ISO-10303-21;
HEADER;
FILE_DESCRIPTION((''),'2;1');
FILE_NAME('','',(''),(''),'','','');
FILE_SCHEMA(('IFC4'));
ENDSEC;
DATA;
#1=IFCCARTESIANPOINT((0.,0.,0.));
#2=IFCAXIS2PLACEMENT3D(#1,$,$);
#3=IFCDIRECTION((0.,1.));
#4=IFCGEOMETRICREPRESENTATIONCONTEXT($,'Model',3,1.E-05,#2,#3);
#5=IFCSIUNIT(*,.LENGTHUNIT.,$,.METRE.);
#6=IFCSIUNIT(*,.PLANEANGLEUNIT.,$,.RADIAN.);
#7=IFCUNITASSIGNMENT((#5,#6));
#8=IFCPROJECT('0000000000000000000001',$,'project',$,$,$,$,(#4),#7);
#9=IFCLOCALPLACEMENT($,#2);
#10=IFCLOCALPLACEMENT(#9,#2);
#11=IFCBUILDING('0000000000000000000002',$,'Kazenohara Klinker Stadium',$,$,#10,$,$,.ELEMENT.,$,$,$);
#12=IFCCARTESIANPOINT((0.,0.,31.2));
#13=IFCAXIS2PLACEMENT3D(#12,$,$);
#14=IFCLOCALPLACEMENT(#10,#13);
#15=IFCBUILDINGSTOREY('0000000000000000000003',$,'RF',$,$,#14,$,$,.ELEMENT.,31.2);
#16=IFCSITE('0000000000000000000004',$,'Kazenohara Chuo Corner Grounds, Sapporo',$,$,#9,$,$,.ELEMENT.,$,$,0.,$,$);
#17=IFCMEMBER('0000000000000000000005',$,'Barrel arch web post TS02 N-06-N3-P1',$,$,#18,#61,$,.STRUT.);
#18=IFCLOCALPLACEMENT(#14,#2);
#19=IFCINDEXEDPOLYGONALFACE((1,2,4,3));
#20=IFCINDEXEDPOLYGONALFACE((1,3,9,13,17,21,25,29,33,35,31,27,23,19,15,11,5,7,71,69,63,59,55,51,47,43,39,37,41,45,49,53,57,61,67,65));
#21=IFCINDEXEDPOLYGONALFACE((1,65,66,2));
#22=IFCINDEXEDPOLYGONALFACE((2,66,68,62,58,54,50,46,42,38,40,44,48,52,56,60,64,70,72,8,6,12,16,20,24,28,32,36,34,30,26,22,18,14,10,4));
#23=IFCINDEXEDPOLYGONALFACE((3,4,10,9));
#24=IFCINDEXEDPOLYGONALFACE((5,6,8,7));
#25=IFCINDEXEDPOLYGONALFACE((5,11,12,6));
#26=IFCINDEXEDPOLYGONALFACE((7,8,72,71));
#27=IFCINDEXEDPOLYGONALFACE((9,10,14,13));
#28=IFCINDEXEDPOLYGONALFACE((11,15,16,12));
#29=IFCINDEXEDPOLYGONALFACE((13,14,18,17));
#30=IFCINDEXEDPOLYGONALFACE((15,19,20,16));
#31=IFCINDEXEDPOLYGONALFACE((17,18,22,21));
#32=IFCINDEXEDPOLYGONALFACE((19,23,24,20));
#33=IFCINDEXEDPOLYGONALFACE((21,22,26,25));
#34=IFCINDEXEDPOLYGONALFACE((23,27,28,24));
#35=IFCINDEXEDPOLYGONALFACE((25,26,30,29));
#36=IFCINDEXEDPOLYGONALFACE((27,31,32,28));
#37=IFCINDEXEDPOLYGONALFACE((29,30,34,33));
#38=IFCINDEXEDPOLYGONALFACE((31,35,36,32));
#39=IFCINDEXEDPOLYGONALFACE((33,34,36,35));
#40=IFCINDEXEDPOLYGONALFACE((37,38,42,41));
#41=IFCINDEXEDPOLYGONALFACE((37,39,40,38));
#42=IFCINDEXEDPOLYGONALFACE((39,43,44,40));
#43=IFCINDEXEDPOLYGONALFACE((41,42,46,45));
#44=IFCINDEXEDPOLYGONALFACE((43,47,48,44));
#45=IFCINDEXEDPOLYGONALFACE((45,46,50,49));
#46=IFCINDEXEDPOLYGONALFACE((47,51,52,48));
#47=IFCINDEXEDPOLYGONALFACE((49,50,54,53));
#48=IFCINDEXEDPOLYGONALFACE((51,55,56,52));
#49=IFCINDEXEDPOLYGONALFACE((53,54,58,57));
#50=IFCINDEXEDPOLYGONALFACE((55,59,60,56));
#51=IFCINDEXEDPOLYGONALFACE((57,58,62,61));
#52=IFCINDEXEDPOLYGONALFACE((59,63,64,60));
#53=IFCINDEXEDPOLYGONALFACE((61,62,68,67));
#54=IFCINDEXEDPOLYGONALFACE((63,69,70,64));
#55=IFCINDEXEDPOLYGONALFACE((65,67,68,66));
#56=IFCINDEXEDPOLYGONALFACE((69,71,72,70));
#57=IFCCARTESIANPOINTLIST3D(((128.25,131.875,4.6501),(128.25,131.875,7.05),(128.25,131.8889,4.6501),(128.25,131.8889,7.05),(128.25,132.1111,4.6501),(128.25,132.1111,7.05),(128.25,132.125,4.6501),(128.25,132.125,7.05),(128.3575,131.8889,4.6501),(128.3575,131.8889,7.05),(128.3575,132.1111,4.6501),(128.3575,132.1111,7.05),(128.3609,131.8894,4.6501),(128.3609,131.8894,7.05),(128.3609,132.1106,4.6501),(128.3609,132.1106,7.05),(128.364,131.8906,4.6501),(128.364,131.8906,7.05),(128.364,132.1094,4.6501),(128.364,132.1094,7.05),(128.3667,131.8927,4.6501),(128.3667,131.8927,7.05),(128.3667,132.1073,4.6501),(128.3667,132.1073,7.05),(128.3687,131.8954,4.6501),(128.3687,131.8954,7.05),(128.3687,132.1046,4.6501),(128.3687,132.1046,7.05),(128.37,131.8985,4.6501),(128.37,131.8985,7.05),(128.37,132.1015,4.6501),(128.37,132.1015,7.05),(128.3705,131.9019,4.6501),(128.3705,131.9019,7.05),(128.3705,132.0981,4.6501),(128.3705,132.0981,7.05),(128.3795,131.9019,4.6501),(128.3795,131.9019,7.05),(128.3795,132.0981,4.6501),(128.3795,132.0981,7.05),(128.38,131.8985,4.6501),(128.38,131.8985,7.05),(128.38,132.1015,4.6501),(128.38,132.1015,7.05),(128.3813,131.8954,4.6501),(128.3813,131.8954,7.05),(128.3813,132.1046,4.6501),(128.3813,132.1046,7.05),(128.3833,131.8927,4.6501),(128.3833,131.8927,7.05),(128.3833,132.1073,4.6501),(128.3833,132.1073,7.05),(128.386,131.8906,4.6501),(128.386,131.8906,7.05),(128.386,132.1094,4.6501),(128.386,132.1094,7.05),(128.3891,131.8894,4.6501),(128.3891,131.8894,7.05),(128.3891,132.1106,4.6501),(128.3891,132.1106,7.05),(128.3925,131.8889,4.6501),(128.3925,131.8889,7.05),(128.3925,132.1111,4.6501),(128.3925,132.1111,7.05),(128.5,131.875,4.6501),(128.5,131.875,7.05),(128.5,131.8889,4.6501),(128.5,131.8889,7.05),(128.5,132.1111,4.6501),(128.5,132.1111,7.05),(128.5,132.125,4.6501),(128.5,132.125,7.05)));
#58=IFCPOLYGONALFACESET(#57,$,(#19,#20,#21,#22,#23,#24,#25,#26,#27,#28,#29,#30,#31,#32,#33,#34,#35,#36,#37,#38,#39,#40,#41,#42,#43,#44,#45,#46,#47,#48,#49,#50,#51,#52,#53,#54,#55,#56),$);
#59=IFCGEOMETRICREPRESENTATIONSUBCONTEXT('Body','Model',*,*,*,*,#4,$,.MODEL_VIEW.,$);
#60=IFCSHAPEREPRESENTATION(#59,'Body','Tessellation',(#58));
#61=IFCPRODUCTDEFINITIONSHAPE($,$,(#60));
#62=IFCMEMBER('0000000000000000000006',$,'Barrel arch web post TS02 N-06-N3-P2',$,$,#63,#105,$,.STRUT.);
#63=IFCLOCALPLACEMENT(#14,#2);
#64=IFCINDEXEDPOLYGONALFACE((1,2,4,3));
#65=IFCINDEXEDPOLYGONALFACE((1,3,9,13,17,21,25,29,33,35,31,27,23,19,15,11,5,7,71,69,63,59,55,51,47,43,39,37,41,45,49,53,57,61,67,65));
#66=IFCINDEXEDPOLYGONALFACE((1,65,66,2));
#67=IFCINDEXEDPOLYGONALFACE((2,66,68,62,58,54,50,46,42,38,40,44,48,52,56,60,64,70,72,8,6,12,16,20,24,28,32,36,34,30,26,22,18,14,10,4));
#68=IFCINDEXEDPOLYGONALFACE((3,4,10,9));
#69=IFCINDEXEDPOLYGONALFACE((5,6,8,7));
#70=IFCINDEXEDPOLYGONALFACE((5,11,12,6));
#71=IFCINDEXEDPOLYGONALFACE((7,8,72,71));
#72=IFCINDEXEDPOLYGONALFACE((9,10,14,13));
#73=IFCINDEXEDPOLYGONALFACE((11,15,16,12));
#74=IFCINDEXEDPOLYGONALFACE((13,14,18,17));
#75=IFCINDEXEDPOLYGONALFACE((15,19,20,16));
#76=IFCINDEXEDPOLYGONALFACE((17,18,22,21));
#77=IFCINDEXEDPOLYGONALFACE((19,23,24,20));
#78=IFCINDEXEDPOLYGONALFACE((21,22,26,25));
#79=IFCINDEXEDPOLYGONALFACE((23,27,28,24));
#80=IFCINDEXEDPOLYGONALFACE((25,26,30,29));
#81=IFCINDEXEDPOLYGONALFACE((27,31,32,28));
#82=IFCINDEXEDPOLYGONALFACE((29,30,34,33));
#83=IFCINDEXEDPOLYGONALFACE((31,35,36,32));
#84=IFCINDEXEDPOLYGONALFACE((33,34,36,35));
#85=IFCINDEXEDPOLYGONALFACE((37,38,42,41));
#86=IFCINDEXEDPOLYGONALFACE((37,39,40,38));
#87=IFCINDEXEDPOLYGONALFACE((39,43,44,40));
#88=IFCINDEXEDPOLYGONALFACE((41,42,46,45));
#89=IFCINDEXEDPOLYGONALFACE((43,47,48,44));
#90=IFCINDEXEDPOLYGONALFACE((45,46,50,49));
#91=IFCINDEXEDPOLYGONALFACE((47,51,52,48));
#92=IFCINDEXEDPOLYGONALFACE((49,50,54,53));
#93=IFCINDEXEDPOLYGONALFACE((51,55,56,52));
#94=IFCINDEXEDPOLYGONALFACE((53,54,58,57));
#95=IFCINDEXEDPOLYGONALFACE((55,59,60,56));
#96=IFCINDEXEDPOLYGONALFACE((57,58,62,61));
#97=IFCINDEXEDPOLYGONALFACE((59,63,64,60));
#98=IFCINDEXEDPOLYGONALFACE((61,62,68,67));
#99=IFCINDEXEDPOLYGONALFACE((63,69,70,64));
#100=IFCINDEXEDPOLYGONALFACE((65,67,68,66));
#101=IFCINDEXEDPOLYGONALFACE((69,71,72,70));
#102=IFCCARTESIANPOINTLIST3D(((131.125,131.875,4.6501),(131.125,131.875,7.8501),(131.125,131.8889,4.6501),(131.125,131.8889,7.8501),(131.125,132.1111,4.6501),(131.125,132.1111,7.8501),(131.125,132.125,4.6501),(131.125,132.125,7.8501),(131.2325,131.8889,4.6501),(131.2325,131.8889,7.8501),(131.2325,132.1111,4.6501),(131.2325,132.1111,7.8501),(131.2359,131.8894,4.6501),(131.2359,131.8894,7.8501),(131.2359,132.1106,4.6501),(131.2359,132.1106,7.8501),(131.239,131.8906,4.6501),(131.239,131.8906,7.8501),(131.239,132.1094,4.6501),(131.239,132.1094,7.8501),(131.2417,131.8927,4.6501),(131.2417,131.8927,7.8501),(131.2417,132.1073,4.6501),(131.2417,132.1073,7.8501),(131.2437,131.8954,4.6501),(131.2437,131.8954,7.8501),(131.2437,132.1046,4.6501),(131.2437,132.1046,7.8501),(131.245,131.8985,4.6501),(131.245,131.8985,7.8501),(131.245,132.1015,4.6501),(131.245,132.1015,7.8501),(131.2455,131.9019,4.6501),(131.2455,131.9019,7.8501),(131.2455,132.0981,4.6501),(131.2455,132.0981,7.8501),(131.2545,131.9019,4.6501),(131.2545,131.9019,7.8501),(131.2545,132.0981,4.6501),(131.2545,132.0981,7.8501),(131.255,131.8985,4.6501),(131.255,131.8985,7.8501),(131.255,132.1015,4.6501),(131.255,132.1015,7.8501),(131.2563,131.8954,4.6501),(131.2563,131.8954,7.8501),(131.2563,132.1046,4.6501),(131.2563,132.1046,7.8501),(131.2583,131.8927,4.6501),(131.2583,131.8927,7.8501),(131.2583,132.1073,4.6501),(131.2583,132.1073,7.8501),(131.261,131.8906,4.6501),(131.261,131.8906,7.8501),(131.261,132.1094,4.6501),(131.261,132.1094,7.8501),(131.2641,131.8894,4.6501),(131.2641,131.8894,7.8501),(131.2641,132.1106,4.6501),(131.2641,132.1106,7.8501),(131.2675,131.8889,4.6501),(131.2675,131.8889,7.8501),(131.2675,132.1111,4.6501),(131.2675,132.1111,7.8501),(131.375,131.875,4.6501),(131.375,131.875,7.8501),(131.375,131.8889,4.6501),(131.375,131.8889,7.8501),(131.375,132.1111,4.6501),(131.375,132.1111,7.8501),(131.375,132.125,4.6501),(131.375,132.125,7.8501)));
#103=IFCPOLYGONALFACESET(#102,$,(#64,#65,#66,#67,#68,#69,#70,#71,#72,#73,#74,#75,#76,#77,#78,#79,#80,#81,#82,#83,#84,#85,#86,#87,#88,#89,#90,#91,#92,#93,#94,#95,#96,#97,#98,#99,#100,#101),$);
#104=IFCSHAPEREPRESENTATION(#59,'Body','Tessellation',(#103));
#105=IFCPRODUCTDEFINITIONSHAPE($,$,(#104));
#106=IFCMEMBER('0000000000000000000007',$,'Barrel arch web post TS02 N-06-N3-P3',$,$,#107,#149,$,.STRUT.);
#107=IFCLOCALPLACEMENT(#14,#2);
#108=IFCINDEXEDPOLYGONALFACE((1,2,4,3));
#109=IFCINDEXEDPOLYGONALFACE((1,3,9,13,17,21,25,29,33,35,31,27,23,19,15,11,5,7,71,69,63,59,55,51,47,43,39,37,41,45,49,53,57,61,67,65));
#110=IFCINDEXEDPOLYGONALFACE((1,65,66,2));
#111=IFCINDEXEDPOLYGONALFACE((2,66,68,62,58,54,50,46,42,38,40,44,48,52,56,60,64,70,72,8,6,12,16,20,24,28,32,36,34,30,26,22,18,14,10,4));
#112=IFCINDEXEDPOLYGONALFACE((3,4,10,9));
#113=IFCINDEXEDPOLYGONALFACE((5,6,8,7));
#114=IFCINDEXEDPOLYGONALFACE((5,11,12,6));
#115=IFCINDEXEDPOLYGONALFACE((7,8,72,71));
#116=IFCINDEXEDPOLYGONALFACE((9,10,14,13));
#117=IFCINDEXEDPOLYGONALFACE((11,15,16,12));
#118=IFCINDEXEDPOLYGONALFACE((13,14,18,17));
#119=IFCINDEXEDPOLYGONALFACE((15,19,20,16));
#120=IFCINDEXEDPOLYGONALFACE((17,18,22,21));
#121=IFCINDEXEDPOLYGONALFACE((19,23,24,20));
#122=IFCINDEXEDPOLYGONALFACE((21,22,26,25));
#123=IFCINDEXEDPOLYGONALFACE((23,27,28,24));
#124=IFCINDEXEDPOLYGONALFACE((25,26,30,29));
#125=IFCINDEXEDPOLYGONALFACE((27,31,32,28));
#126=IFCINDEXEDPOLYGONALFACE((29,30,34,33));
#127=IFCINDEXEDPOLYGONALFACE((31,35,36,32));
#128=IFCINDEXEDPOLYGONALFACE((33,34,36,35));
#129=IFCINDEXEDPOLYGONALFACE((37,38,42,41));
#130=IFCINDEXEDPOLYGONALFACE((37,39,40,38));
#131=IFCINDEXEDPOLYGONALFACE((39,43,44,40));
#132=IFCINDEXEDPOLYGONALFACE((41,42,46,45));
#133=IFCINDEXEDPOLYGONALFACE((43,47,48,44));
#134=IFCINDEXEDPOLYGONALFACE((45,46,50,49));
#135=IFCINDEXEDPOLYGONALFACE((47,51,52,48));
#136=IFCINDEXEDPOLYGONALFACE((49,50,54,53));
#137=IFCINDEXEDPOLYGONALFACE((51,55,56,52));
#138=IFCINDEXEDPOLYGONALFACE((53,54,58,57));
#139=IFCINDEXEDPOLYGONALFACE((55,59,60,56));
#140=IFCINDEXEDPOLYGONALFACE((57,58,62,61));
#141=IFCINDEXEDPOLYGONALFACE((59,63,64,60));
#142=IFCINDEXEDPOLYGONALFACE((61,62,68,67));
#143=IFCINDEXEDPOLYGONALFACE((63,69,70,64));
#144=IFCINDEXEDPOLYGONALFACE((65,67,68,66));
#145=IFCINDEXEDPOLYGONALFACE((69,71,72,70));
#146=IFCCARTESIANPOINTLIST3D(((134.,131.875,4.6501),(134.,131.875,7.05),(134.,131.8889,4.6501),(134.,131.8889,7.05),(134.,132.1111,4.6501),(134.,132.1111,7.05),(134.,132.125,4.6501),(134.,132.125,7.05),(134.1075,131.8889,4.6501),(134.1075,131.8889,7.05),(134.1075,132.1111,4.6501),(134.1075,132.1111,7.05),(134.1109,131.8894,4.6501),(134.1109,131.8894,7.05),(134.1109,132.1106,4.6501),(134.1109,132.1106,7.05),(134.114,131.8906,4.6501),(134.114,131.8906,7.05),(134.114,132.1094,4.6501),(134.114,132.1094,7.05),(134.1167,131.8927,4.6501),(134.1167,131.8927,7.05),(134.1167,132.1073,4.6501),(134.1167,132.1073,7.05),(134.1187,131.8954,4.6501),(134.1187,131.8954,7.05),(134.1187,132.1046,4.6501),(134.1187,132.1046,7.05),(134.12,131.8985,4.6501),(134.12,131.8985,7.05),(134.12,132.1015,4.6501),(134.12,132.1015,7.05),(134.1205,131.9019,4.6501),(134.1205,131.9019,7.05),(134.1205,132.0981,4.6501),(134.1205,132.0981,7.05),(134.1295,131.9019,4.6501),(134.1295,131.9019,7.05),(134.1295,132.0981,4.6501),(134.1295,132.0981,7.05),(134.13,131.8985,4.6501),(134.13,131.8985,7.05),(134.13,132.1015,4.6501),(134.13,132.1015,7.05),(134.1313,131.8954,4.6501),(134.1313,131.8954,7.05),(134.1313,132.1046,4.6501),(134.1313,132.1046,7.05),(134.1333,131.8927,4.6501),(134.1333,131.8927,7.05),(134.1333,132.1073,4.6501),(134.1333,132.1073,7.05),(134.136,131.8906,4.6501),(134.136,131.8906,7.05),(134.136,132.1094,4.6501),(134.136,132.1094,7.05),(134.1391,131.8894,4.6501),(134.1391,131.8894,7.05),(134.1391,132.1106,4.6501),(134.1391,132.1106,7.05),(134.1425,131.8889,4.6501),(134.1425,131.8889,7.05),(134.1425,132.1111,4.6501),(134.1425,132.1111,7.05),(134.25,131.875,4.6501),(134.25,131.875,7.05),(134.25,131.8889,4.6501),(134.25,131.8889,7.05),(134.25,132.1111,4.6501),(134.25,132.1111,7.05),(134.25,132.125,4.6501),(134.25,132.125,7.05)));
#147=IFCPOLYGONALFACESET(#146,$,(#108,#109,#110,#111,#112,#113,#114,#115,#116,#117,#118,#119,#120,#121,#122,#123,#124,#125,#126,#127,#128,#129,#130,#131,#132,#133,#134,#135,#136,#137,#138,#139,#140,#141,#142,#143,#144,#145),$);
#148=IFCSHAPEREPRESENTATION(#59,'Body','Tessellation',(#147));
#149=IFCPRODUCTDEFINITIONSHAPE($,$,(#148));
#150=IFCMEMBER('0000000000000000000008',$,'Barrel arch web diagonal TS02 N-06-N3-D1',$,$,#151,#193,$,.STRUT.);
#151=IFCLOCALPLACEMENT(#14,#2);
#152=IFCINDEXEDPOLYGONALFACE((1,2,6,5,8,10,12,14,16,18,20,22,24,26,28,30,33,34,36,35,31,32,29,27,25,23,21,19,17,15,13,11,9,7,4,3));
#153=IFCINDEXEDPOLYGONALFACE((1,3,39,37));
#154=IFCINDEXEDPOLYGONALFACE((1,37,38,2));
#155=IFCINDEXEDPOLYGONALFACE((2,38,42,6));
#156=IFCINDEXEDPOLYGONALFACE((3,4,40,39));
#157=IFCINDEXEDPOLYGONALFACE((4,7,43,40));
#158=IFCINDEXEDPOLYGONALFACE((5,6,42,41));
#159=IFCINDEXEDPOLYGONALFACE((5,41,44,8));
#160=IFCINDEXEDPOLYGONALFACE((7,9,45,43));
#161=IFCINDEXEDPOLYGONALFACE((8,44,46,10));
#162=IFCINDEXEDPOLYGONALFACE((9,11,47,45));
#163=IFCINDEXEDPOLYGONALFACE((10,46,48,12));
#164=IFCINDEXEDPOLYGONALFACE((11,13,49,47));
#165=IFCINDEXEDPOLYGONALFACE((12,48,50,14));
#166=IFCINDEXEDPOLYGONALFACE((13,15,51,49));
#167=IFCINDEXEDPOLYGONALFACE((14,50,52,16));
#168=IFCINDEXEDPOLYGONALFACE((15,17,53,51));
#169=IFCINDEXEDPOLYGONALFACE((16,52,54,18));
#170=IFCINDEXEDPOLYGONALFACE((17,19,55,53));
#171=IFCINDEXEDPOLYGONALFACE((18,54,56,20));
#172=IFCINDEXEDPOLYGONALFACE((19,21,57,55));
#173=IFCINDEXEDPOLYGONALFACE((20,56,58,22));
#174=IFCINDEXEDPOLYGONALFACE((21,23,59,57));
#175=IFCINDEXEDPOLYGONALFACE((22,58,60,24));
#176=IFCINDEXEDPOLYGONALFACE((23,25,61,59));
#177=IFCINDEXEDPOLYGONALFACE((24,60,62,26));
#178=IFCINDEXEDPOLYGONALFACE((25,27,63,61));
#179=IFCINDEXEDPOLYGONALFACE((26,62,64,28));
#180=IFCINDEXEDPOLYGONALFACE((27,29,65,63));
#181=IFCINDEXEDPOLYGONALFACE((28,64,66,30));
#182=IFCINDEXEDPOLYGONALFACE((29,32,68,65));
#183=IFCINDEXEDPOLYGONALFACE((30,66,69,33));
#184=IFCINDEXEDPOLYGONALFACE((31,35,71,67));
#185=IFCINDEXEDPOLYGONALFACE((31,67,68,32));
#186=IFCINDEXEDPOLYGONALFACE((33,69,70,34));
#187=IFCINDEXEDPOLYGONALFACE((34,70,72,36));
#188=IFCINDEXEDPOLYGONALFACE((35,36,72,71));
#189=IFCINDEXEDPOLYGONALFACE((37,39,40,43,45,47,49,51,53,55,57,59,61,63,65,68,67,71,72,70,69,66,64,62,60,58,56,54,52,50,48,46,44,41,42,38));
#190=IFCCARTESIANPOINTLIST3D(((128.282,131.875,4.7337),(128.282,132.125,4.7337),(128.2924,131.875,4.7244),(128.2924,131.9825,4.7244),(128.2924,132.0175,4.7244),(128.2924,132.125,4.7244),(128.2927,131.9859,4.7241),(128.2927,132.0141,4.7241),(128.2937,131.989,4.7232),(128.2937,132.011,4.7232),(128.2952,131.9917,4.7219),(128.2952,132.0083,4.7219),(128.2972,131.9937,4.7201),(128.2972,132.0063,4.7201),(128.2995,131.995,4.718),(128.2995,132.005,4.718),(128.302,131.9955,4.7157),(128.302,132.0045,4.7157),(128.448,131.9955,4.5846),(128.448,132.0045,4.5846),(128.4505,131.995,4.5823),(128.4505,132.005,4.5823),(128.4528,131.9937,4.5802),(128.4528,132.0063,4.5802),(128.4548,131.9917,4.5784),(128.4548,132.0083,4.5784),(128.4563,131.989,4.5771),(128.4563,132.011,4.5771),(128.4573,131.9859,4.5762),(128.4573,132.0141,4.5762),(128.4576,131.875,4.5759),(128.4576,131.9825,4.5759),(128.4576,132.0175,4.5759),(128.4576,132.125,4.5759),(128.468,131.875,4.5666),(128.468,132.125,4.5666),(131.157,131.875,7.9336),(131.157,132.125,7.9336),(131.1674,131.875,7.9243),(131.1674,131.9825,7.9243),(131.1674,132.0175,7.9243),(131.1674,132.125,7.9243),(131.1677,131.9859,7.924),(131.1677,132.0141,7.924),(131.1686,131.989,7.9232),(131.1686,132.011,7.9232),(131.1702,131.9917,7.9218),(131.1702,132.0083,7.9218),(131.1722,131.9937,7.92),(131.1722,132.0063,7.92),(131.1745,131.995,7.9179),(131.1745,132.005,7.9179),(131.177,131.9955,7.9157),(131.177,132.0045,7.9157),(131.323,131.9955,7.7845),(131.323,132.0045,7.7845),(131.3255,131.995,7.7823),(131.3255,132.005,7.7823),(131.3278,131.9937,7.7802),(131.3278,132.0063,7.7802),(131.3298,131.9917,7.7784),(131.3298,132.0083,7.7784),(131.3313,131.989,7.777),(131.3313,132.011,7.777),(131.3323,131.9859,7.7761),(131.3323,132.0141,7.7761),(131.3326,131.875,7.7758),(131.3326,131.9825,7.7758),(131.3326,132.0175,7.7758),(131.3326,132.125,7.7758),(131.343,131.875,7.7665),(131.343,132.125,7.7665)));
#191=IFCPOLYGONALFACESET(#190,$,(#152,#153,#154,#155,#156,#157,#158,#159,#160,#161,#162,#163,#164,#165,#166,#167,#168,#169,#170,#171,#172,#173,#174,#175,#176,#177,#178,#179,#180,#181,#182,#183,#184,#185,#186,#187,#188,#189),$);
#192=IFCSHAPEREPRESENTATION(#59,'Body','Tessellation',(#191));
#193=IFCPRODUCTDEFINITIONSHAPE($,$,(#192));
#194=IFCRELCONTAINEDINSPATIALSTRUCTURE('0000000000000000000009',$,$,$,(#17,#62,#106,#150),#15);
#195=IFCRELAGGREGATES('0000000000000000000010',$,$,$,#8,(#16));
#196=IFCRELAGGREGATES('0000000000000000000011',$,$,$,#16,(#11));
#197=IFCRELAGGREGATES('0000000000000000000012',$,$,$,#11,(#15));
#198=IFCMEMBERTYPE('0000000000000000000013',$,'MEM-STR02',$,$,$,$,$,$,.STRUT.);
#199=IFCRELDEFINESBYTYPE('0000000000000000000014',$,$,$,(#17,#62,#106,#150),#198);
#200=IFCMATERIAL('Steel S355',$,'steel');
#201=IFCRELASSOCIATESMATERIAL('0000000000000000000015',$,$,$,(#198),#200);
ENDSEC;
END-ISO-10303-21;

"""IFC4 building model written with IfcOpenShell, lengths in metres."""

from ifc_helpers import new_model, si_unit, direction, frame, origin, origin_2d, place, context, subcontext, project, spatial, i_section, extrude, material, material_profile, profile_set, type_object, element, save


model = new_model("IFC4")

# Units and contexts
model_context = context("Model", 3, precision=1e-05, world=origin(), true_north=direction((0.0, 1.0)))
body_context = subcontext(model_context, "Body", "Model", "MODEL_VIEW")
ifc_project = project(units=[si_unit("LENGTHUNIT", "METRE"), si_unit("PLANEANGLEUNIT", "RADIAN")], contexts=[model_context])

# Site, building, storey
site_placement = place(None, origin())
site = spatial("IfcSite", under=ifc_project, at=site_placement, Name="Kazenohara Chuo Corner Grounds, Sapporo", CompositionType="ELEMENT", RefElevation=0.0)
building_placement = place(site_placement, origin())
building = spatial("IfcBuilding", under=site, at=building_placement, Name="Kazenohara Klinker Stadium", CompositionType="ELEMENT")
storey_placement = place(building_placement, frame((0.0, 0.0, 31.2)))
storey = spatial("IfcBuildingStorey", under=building, at=storey_placement, Name="RF", CompositionType="ELEMENT", Elevation=31.2)

# Members
ifc_material_1 = material(Name="Steel S355", Category="steel")
ifc_material_profile_1 = material_profile(ifc_material_1, i_section(OverallWidth=0.25, OverallDepth=0.25, WebThickness=0.009, FlangeThickness=0.0139, FilletRadius=0.0129, at=origin_2d()), Name="H-250x250x9x14")
ifc_profile_set_1 = profile_set([ifc_material_profile_1], Name="Steel S355")
member_type_1 = type_object("IfcMemberType", Name="MEM-STR02", PredefinedType="STRUT", material=ifc_profile_set_1)
member_1_placement = place(storey_placement, frame((128.375, 132.0, 4.6501), z_axis=(0.0, 0.0, 1.0), x_axis=(1.0, 0.0, 0.0)))
element("IfcMember", 1, at=member_1_placement, inside=storey, type_object=member_type_1, Name="Barrel arch web post TS02 N-06-N3-P1", PredefinedType="STRUT", context=body_context, shape_type="SweptSolid", body=[
    extrude(i_section(OverallWidth=0.25, OverallDepth=0.25, WebThickness=0.009, FlangeThickness=0.0139, FilletRadius=0.0129, at=origin_2d()), origin(), (0.0, 0.0, 1.0), 2.3999),
])
member_2_placement = place(storey_placement, frame((131.25, 132.0, 4.6501), z_axis=(0.0, 0.0, 1.0), x_axis=(1.0, 0.0, 0.0)))
element("IfcMember", 2, at=member_2_placement, inside=storey, type_object=member_type_1, Name="Barrel arch web post TS02 N-06-N3-P2", PredefinedType="STRUT", context=body_context, shape_type="SweptSolid", body=[
    extrude(i_section(OverallWidth=0.25, OverallDepth=0.25, WebThickness=0.009, FlangeThickness=0.0139, FilletRadius=0.0129, at=origin_2d()), origin(), (0.0, 0.0, 1.0), 3.2),
])
member_3_placement = place(storey_placement, frame((134.125, 132.0, 4.6501), z_axis=(0.0, 0.0, 1.0), x_axis=(1.0, 0.0, 0.0)))
element("IfcMember", 3, at=member_3_placement, inside=storey, type_object=member_type_1, Name="Barrel arch web post TS02 N-06-N3-P3", PredefinedType="STRUT", context=body_context, shape_type="SweptSolid", body=[
    extrude(i_section(OverallWidth=0.25, OverallDepth=0.25, WebThickness=0.009, FlangeThickness=0.0139, FilletRadius=0.0129, at=origin_2d()), origin(), (0.0, 0.0, 1.0), 2.3999),
])
for number, where, z_axis, x_axis, name in (
    (4, (128.375, 132.0, 4.6501), (0.668328, 0.0, 0.743867), (0.0, 1.0, 0.0), "Barrel arch web diagonal TS02 N-06-N3-D1"),
):
    element("IfcMember", number, at=place(storey_placement, frame(where, z_axis=z_axis, x_axis=x_axis)), inside=storey, type_object=member_type_1, Name=name, PredefinedType="STRUT", context=body_context, shape_type="SweptSolid", body=[
        extrude(i_section(OverallWidth=0.25, OverallDepth=0.25, WebThickness=0.009, FlangeThickness=0.0139, FilletRadius=0.0129, at=origin_2d()), origin(), (0.0, 0.0, 1.0), 4.3018),
    ])

save(model, "model.ifc")
